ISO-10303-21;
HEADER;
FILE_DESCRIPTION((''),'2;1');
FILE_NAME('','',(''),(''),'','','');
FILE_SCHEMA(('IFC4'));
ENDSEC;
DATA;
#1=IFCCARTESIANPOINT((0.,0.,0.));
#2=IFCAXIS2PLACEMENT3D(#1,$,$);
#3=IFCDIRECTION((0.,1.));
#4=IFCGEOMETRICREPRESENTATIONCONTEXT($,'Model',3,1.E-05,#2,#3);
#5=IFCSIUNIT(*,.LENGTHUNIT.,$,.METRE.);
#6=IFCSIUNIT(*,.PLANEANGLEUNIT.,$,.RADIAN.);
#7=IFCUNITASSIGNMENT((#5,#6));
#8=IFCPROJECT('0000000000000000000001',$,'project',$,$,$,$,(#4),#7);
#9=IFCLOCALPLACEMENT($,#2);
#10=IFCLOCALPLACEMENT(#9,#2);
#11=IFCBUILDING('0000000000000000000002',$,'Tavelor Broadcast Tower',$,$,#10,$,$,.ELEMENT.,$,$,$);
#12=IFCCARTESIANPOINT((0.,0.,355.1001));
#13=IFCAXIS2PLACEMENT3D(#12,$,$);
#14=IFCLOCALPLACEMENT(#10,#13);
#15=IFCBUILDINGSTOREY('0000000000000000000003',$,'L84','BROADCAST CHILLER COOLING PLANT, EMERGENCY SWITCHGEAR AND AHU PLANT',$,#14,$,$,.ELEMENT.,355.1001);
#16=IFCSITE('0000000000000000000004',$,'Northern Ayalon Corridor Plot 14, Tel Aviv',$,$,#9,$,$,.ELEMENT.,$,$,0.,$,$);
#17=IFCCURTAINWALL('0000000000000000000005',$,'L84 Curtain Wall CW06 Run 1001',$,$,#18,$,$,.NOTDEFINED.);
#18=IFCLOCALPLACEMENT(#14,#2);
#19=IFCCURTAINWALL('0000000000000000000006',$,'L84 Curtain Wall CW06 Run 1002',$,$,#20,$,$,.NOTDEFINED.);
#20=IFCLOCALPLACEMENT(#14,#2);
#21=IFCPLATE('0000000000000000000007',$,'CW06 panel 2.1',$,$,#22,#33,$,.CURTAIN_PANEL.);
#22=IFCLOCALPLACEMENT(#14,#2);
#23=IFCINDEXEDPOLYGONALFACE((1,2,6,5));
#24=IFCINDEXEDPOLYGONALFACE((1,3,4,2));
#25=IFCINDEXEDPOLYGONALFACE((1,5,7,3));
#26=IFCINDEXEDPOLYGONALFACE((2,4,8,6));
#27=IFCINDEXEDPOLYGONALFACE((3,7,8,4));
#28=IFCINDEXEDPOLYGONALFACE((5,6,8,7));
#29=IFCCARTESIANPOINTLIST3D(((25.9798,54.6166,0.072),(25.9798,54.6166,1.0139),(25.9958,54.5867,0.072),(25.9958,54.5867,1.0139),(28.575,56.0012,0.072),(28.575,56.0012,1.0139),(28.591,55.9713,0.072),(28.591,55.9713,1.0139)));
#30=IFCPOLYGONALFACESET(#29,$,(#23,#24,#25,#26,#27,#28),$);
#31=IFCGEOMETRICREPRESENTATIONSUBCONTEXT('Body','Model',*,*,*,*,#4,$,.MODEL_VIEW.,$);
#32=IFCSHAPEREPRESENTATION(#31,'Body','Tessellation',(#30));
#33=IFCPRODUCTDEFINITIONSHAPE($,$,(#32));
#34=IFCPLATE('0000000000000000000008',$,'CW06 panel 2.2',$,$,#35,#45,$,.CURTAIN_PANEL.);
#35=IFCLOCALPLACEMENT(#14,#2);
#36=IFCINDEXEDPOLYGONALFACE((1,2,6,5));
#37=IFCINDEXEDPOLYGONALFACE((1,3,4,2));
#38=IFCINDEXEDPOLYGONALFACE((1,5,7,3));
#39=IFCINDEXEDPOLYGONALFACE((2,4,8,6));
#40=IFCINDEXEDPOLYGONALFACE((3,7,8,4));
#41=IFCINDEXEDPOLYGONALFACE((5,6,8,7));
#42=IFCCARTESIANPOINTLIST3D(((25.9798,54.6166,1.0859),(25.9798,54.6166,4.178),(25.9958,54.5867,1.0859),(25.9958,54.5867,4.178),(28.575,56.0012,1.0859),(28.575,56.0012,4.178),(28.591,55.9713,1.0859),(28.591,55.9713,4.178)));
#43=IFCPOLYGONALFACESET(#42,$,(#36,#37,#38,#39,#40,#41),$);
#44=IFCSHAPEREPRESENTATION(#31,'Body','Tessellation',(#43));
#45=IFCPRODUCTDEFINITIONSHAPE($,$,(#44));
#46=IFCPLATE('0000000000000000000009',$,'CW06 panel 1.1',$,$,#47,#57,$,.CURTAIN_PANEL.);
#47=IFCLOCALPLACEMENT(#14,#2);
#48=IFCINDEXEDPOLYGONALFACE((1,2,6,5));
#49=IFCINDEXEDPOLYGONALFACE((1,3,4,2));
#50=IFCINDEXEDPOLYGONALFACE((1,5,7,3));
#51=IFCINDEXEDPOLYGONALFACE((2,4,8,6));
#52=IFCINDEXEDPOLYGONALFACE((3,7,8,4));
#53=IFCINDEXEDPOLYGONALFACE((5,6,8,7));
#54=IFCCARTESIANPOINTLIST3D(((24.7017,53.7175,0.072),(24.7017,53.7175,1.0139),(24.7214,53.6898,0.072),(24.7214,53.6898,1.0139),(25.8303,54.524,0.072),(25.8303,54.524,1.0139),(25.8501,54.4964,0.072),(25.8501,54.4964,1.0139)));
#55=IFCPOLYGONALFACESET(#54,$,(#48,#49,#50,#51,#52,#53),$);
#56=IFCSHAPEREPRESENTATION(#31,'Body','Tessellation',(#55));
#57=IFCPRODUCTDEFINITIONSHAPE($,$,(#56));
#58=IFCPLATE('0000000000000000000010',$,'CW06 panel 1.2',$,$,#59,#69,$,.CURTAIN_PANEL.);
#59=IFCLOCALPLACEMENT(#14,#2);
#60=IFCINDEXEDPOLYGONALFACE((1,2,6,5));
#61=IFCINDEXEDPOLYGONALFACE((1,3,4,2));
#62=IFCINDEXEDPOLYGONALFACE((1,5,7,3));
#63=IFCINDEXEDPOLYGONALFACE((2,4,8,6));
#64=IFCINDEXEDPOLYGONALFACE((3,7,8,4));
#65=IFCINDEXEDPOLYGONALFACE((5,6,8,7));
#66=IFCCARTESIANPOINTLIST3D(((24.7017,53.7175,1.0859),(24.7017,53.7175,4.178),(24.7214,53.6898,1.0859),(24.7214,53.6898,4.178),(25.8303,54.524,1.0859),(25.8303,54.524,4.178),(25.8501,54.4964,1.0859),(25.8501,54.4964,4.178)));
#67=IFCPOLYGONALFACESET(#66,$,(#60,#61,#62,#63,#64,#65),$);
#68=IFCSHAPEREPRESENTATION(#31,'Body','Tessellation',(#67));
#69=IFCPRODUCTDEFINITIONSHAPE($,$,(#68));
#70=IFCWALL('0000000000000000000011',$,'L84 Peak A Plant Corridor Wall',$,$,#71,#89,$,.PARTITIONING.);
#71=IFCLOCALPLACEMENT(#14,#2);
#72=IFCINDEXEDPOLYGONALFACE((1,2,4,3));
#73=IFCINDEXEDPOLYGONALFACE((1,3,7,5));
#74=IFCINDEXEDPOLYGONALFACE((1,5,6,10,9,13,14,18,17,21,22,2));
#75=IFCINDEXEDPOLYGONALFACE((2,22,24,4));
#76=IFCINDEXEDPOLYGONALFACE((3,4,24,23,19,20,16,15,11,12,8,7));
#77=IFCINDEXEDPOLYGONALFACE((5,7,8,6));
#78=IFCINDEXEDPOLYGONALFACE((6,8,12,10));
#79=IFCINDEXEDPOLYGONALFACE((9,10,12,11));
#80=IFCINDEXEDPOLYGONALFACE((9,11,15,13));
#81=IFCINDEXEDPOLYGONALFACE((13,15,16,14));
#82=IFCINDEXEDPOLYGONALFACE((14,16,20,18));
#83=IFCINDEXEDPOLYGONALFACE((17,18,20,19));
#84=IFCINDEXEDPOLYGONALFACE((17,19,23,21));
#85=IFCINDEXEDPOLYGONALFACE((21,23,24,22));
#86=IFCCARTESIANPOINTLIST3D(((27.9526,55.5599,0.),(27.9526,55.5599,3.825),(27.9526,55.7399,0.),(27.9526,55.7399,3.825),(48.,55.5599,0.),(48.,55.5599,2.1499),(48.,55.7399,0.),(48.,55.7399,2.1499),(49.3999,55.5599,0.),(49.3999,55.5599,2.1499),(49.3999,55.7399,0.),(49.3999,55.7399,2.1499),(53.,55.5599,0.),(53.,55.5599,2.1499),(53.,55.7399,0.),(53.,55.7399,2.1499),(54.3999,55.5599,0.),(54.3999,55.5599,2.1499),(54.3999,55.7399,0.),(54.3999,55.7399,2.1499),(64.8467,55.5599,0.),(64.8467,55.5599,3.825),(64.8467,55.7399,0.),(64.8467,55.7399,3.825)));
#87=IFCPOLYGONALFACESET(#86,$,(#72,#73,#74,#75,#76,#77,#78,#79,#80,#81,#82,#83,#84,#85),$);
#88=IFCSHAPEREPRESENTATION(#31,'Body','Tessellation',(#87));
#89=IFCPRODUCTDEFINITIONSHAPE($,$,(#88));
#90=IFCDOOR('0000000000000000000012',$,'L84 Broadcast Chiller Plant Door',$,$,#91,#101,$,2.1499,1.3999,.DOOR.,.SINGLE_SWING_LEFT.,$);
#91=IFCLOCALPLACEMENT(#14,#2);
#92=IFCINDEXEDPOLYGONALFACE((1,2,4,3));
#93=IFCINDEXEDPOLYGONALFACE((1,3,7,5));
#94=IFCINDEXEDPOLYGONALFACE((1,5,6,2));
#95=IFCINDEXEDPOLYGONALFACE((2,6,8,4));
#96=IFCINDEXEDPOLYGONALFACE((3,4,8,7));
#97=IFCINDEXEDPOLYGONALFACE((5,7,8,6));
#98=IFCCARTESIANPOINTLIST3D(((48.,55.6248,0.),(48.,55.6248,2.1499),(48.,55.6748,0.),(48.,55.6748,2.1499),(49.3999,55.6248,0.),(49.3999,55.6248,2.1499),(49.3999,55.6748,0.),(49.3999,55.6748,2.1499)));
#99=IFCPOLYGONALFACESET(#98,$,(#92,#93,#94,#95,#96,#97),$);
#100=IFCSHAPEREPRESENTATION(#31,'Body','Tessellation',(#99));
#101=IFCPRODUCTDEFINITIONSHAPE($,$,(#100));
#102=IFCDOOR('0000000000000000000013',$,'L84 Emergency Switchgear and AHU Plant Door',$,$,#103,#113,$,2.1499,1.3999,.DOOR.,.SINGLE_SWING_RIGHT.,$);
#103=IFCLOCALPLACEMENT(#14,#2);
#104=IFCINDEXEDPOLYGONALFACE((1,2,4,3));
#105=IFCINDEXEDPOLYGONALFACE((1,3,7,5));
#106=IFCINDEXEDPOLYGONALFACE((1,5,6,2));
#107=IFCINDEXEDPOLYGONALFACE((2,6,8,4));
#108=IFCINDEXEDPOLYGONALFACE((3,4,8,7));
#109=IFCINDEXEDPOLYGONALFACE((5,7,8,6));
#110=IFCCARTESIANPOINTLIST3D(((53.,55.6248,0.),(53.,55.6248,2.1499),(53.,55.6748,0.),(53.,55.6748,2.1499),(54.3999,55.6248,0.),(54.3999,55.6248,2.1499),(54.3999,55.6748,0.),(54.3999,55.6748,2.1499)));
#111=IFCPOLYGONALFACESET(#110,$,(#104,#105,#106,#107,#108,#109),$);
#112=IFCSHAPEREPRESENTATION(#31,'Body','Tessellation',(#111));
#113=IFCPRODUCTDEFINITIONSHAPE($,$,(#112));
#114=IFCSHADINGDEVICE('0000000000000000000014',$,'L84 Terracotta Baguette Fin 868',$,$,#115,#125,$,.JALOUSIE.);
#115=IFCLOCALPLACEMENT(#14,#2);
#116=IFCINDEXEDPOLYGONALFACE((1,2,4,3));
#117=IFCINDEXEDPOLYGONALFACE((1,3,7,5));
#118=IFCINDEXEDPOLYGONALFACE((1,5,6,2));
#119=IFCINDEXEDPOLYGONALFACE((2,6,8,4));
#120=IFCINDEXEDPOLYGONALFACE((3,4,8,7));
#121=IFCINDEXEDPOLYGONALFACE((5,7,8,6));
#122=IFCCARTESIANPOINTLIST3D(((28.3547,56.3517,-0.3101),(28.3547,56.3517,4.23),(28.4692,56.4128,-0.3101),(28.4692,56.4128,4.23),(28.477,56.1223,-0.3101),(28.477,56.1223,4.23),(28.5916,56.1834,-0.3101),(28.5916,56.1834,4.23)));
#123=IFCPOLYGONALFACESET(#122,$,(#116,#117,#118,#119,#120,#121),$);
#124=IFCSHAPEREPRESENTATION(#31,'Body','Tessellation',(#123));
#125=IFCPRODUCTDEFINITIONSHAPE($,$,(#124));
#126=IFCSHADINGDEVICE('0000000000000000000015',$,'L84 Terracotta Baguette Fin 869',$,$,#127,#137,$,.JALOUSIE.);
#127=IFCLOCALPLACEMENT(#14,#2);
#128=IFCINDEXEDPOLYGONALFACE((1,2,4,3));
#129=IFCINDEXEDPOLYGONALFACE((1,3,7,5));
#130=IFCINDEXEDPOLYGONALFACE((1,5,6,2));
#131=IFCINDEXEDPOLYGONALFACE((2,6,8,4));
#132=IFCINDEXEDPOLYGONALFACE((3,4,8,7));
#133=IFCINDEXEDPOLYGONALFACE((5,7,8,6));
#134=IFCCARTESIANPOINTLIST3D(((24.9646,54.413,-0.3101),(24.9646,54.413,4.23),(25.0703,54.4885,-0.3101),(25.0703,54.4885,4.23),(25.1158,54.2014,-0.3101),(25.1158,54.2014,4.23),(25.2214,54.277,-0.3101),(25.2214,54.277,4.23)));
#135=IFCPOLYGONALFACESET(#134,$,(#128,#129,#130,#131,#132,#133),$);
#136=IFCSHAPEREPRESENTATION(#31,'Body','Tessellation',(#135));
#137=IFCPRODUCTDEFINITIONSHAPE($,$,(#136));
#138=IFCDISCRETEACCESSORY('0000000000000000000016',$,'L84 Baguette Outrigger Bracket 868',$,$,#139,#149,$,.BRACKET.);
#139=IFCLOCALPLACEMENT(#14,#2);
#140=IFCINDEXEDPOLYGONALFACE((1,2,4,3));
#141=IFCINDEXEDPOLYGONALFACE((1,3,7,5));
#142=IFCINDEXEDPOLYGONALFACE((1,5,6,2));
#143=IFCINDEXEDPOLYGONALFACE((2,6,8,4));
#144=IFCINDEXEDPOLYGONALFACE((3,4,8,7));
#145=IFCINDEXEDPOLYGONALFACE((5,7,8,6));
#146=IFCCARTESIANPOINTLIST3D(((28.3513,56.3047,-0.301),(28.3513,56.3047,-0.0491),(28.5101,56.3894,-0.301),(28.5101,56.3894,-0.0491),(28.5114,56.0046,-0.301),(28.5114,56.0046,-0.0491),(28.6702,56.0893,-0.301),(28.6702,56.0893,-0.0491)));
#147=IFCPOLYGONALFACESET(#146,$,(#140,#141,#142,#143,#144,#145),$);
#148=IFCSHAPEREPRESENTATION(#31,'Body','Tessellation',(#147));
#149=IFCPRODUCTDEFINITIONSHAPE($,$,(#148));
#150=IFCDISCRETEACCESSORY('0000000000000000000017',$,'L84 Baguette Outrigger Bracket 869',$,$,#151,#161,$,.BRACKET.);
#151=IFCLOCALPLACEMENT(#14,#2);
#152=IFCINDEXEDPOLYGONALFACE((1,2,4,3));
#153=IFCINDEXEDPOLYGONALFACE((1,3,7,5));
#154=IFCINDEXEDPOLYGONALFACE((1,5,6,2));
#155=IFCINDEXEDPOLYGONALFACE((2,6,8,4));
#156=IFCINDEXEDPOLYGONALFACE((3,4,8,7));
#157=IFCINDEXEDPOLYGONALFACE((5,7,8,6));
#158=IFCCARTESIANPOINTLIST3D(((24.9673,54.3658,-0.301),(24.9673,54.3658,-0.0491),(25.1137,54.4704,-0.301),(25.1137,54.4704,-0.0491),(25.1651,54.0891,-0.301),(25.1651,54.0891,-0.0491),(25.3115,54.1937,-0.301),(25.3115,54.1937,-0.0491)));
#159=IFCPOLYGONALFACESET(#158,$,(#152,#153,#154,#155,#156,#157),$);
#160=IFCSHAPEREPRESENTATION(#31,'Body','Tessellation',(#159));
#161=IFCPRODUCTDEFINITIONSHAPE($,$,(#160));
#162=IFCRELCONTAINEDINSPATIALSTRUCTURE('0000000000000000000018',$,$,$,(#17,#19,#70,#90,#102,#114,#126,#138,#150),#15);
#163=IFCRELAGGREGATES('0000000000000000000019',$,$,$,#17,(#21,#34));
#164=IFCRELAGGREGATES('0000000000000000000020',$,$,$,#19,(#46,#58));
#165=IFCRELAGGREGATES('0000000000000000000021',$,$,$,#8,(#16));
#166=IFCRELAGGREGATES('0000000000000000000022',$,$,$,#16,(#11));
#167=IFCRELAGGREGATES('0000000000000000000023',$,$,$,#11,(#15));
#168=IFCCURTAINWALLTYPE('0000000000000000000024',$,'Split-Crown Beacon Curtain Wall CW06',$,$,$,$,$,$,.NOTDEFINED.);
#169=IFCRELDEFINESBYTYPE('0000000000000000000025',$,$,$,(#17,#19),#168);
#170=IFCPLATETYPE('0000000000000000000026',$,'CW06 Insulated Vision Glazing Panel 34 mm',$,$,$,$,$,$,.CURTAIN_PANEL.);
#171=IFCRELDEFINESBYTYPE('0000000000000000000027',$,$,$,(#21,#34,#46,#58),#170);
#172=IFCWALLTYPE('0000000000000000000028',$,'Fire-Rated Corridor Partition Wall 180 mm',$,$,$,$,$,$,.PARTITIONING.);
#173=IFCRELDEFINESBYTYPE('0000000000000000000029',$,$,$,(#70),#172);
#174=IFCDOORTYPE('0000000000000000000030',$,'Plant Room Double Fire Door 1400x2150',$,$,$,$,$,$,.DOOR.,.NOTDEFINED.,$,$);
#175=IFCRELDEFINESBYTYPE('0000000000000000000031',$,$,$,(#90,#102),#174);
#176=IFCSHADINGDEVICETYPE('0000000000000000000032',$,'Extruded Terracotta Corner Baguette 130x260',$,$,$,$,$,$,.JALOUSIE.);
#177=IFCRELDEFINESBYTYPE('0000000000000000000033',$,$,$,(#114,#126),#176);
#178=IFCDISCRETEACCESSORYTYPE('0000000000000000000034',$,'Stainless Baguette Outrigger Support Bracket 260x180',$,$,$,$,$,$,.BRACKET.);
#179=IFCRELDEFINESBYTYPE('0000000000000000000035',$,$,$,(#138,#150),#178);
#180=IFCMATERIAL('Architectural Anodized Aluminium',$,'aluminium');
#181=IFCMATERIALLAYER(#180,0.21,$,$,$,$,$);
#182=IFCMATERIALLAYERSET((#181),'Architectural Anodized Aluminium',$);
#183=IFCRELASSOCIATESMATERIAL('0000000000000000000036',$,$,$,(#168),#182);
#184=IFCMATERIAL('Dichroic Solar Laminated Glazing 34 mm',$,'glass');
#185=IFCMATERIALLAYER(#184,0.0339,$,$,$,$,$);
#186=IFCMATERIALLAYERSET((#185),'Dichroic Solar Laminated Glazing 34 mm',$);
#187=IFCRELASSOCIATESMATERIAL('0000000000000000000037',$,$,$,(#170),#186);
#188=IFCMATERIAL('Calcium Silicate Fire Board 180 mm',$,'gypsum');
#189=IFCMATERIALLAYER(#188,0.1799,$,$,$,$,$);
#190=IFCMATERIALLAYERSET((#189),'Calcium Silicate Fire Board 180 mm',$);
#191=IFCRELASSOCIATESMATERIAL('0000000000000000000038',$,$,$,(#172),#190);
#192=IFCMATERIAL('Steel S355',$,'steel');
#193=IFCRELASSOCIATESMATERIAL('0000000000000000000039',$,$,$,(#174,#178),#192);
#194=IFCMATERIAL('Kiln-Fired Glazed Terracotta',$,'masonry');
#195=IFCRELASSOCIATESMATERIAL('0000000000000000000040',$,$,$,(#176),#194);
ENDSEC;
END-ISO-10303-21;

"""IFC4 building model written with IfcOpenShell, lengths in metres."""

from ifc_helpers import new_model, si_unit, direction, frame, frame_2d, origin, origin_2d, place, context, subcontext, project, spatial, rectangle, extrude, source, transform, mapped, material, layer, layer_set, type_object, type_shapes, element, fill, aggregate, save


model = new_model("IFC4")

# Units and contexts
model_context = context("Model", 3, precision=1e-05, world=origin(), true_north=direction((0.0, 1.0)))
body_context = subcontext(model_context, "Body", "Model", "MODEL_VIEW")
ifc_project = project(units=[si_unit("LENGTHUNIT", "METRE"), si_unit("PLANEANGLEUNIT", "RADIAN")], contexts=[model_context])

# Site, building, storey
site_placement = place(None, origin())
site = spatial("IfcSite", under=ifc_project, at=site_placement, Name="Northern Ayalon Corridor Plot 14, Tel Aviv", CompositionType="ELEMENT", RefElevation=0.0)
building_placement = place(site_placement, origin())
building = spatial("IfcBuilding", under=site, at=building_placement, Name="Tavelor Broadcast Tower", CompositionType="ELEMENT")
storey_placement = place(building_placement, frame((0.0, 0.0, 355.1001)))
storey = spatial("IfcBuildingStorey", under=building, at=storey_placement, Name="L84", Description="BROADCAST CHILLER COOLING PLANT, EMERGENCY SWITCHGEAR AND AHU PLANT", CompositionType="ELEMENT", Elevation=355.1001)

# Curtain wall
ifc_material_1 = material(Name="Architectural Anodized Aluminium", Category="aluminium")
ifc_layer_1 = layer(ifc_material_1, 0.21)
ifc_layer_set_1 = layer_set([ifc_layer_1], Name="Architectural Anodized Aluminium")
curtain_wall_type = type_object("IfcCurtainWallType", Name="Split-Crown Beacon Curtain Wall CW06", PredefinedType="NOTDEFINED", material=ifc_layer_set_1)
curtain_wall_1_placement = place(storey_placement, origin())
curtain_wall_1 = element("IfcCurtainWall", 1, at=curtain_wall_1_placement, inside=storey, type_object=curtain_wall_type, Name="L84 Curtain Wall CW06 Run 1001", PredefinedType="NOTDEFINED")

# Curtain wall
curtain_wall_2_placement = place(storey_placement, origin())
curtain_wall_2 = element("IfcCurtainWall", 2, at=curtain_wall_2_placement, inside=storey, type_object=curtain_wall_type, Name="L84 Curtain Wall CW06 Run 1002", PredefinedType="NOTDEFINED")

# Plates
ifc_material_2 = material(Name="Dichroic Solar Laminated Glazing 34 mm", Category="glass")
ifc_layer_2 = layer(ifc_material_2, 0.0339)
ifc_layer_set_2 = layer_set([ifc_layer_2], Name="Dichroic Solar Laminated Glazing 34 mm")
plate_type = type_object("IfcPlateType", Name="CW06 Insulated Vision Glazing Panel 34 mm", PredefinedType="CURTAIN_PANEL", material=ifc_layer_set_2)
shared_shape_1 = source(origin(), body_context, "Body", "SweptSolid", [
    extrude(rectangle(XDim=2.9414, YDim=0.0339, at=origin_2d()), origin(), (0.0, 0.0, 1.0), 0.9419),
])
plate_1_placement = place(storey_placement, frame((27.2854, 55.2939, 0.072), z_axis=(0.0, 0.0, 1.0), x_axis=(-0.882286, -0.470713, 0.0)))
plate_1 = element("IfcPlate", 3, at=plate_1_placement, type_object=plate_type, Name="CW06 panel 2.1", PredefinedType="CURTAIN_PANEL", context=body_context, shape_type="MappedRepresentation", body=[
    mapped(shared_shape_1, transform((0.0, 0.0, 0.0), scale=1.0)),
])
shared_shape_2 = source(origin(), body_context, "Body", "SweptSolid", [
    extrude(rectangle(XDim=2.9414, YDim=0.0339, at=origin_2d()), origin(), (0.0, 0.0, 1.0), 3.092),
])
plate_2_placement = place(storey_placement, frame((27.2854, 55.2939, 1.0859), z_axis=(0.0, 0.0, 1.0), x_axis=(-0.882286, -0.470713, 0.0)))
plate_2 = element("IfcPlate", 4, at=plate_2_placement, type_object=plate_type, Name="CW06 panel 2.2", PredefinedType="CURTAIN_PANEL", context=body_context, shape_type="MappedRepresentation", body=[
    mapped(shared_shape_2, transform((0.0, 0.0, 0.0), scale=1.0)),
])
aggregate(curtain_wall_1, [plate_1, plate_2])
shared_shape_3 = source(origin(), body_context, "Body", "SweptSolid", [
    extrude(rectangle(XDim=1.3872, YDim=0.0339, at=origin_2d()), origin(), (0.0, 0.0, 1.0), 0.9419),
])
plate_3_placement = place(storey_placement, frame((25.2759, 54.1069, 0.072), z_axis=(0.0, 0.0, 1.0), x_axis=(-0.813597, -0.58143, 0.0)))
plate_3 = element("IfcPlate", 5, at=plate_3_placement, type_object=plate_type, Name="CW06 panel 1.1", PredefinedType="CURTAIN_PANEL", context=body_context, shape_type="MappedRepresentation", body=[
    mapped(shared_shape_3, transform((0.0, 0.0, 0.0), scale=1.0)),
])
shared_shape_4 = source(origin(), body_context, "Body", "SweptSolid", [
    extrude(rectangle(XDim=1.3872, YDim=0.0339, at=origin_2d()), origin(), (0.0, 0.0, 1.0), 3.092),
])
type_shapes(plate_type, [shared_shape_1, shared_shape_2, shared_shape_3, shared_shape_4])
plate_4_placement = place(storey_placement, frame((25.2759, 54.1069, 1.0859), z_axis=(0.0, 0.0, 1.0), x_axis=(-0.813597, -0.58143, 0.0)))
plate_4 = element("IfcPlate", 6, at=plate_4_placement, type_object=plate_type, Name="CW06 panel 1.2", PredefinedType="CURTAIN_PANEL", context=body_context, shape_type="MappedRepresentation", body=[
    mapped(shared_shape_4, transform((0.0, 0.0, 0.0), scale=1.0)),
])
aggregate(curtain_wall_2, [plate_3, plate_4])

# Wall, openings, doors
ifc_material_3 = material(Name="Calcium Silicate Fire Board 180 mm", Category="gypsum")
ifc_layer_3 = layer(ifc_material_3, 0.1799)
ifc_layer_set_3 = layer_set([ifc_layer_3], Name="Calcium Silicate Fire Board 180 mm")
wall_type = type_object("IfcWallType", Name="Fire-Rated Corridor Partition Wall 180 mm", PredefinedType="PARTITIONING", material=ifc_layer_set_3)
wall_placement = place(storey_placement, frame((27.9526, 55.6499, 0.0), z_axis=(0.0, 0.0, 1.0), x_axis=(1.0, 0.0, 0.0)))
wall = element("IfcWall", 7, at=wall_placement, inside=storey, type_object=wall_type, Name="L84 Peak A Plant Corridor Wall", PredefinedType="PARTITIONING", context=body_context, shape_type="SweptSolid", body=[
    extrude(rectangle(XDim=36.894, YDim=0.1799, at=frame_2d((18.447, 0.0))), origin(), (0.0, 0.0, 1.0), 3.825),
])
opening_1_placement = place(wall_placement, frame((20.0474, 0.0, 0.0)))
opening_1 = element("IfcOpeningElement", 8, at=opening_1_placement, cuts=wall, PredefinedType="OPENING", context=body_context, shape_type="SweptSolid", body=[
    extrude(rectangle(XDim=1.3999, YDim=2.1499, at=frame_2d((0.7, 1.075))), frame((0.0, 0.1001, 0.0), z_axis=(0.0, -1.0, 0.0), x_axis=(1.0, 0.0, 0.0)), (0.0, 0.0, 1.0), 0.2),
])
opening_2_placement = place(wall_placement, frame((25.0474, 0.0, 0.0)))
opening_2 = element("IfcOpeningElement", 9, at=opening_2_placement, cuts=wall, PredefinedType="OPENING", context=body_context, shape_type="SweptSolid", body=[
    extrude(rectangle(XDim=1.3999, YDim=2.1499, at=frame_2d((0.7, 1.075))), frame((0.0, 0.1001, 0.0), z_axis=(0.0, -1.0, 0.0), x_axis=(1.0, 0.0, 0.0)), (0.0, 0.0, 1.0), 0.2),
])
ifc_material_4 = material(Name="Steel S355", Category="steel")
door_type = type_object("IfcDoorType", Name="Plant Room Double Fire Door 1400x2150", OperationType="NOTDEFINED", PredefinedType="DOOR", material=ifc_material_4)
door_1_placement = place(opening_1_placement, origin())
door_1 = element("IfcDoor", 10, at=door_1_placement, inside=storey, type_object=door_type, Name="L84 Broadcast Chiller Plant Door", OperationType="SINGLE_SWING_LEFT", OverallHeight=2.1499, OverallWidth=1.3999, PredefinedType="DOOR", context=body_context, shape_type="SweptSolid", body=[
    extrude(rectangle(XDim=1.3999, YDim=2.1499, at=frame_2d((0.7, 1.075))), frame((0.0, 0.0249, 0.0), z_axis=(0.0, -1.0, 0.0), x_axis=(1.0, 0.0, 0.0)), (0.0, 0.0, 1.0), 0.05),
])
fill(opening_1, door_1)
door_2_placement = place(opening_2_placement, origin())
door_2 = element("IfcDoor", 11, at=door_2_placement, inside=storey, type_object=door_type, Name="L84 Emergency Switchgear and AHU Plant Door", OperationType="SINGLE_SWING_RIGHT", OverallHeight=2.1499, OverallWidth=1.3999, PredefinedType="DOOR", context=body_context, shape_type="SweptSolid", body=[
    extrude(rectangle(XDim=1.3999, YDim=2.1499, at=frame_2d((0.7, 1.075))), frame((0.0, 0.0249, 0.0), z_axis=(0.0, -1.0, 0.0), x_axis=(1.0, 0.0, 0.0)), (0.0, 0.0, 1.0), 0.05),
])
fill(opening_2, door_2)

# Shading devices
ifc_material_5 = material(Name="Kiln-Fired Glazed Terracotta", Category="masonry")
shading_device_type = type_object("IfcShadingDeviceType", Name="Extruded Terracotta Corner Baguette 130x260", PredefinedType="JALOUSIE", material=ifc_material_5)
shared_shape_5 = source(origin(), body_context, "Body", "SweptSolid", [
    extrude(rectangle(XDim=0.1299, YDim=0.26, at=origin_2d()), origin(), (0.0, 0.0, 1.0), 4.54),
])
type_shapes(shading_device_type, [shared_shape_5])
for number, where, z_axis, x_axis, name in (
    (12, (28.4731, 56.2676, -0.3101), (0.0, 0.0, 1.0), (-0.882291, -0.470704, 0.0), "L84 Terracotta Baguette Fin 868"),
    (13, (25.093, 54.345, -0.3101), (0.0, 0.0, 1.0), (-0.813608, -0.581413, 0.0), "L84 Terracotta Baguette Fin 869"),
):
    element("IfcShadingDevice", number, at=place(storey_placement, frame(where, z_axis=z_axis, x_axis=x_axis)), inside=storey, type_object=shading_device_type, Name=name, PredefinedType="JALOUSIE", context=body_context, shape_type="MappedRepresentation", body=[
        mapped(shared_shape_5, transform((0.0, 0.0, 0.0), scale=1.0)),
    ])

# Discrete accessories
discrete_accessory_type = type_object("IfcDiscreteAccessoryType", Name="Stainless Baguette Outrigger Support Bracket 260x180", PredefinedType="BRACKET", material=ifc_material_4)
shared_shape_6 = source(origin(), body_context, "Body", "SweptSolid", [
    extrude(rectangle(XDim=0.1799, YDim=0.3401, at=origin_2d()), origin(), (0.0, 0.0, 1.0), 0.252),
])
type_shapes(discrete_accessory_type, [shared_shape_6])
for number, where, z_axis, x_axis, name in (
    (14, (28.5107, 56.197, -0.301), (0.0, 0.0, 1.0), (-0.882291, -0.470704, 0.0), "L84 Baguette Outrigger Bracket 868"),
    (15, (25.1394, 54.2798, -0.301), (0.0, 0.0, 1.0), (-0.813608, -0.581413, 0.0), "L84 Baguette Outrigger Bracket 869"),
):
    element("IfcDiscreteAccessory", number, at=place(storey_placement, frame(where, z_axis=z_axis, x_axis=x_axis)), inside=storey, type_object=discrete_accessory_type, Name=name, PredefinedType="BRACKET", context=body_context, shape_type="MappedRepresentation", body=[
        mapped(shared_shape_6, transform((0.0, 0.0, 0.0), scale=1.0)),
    ])

save(model, "model.ifc")
